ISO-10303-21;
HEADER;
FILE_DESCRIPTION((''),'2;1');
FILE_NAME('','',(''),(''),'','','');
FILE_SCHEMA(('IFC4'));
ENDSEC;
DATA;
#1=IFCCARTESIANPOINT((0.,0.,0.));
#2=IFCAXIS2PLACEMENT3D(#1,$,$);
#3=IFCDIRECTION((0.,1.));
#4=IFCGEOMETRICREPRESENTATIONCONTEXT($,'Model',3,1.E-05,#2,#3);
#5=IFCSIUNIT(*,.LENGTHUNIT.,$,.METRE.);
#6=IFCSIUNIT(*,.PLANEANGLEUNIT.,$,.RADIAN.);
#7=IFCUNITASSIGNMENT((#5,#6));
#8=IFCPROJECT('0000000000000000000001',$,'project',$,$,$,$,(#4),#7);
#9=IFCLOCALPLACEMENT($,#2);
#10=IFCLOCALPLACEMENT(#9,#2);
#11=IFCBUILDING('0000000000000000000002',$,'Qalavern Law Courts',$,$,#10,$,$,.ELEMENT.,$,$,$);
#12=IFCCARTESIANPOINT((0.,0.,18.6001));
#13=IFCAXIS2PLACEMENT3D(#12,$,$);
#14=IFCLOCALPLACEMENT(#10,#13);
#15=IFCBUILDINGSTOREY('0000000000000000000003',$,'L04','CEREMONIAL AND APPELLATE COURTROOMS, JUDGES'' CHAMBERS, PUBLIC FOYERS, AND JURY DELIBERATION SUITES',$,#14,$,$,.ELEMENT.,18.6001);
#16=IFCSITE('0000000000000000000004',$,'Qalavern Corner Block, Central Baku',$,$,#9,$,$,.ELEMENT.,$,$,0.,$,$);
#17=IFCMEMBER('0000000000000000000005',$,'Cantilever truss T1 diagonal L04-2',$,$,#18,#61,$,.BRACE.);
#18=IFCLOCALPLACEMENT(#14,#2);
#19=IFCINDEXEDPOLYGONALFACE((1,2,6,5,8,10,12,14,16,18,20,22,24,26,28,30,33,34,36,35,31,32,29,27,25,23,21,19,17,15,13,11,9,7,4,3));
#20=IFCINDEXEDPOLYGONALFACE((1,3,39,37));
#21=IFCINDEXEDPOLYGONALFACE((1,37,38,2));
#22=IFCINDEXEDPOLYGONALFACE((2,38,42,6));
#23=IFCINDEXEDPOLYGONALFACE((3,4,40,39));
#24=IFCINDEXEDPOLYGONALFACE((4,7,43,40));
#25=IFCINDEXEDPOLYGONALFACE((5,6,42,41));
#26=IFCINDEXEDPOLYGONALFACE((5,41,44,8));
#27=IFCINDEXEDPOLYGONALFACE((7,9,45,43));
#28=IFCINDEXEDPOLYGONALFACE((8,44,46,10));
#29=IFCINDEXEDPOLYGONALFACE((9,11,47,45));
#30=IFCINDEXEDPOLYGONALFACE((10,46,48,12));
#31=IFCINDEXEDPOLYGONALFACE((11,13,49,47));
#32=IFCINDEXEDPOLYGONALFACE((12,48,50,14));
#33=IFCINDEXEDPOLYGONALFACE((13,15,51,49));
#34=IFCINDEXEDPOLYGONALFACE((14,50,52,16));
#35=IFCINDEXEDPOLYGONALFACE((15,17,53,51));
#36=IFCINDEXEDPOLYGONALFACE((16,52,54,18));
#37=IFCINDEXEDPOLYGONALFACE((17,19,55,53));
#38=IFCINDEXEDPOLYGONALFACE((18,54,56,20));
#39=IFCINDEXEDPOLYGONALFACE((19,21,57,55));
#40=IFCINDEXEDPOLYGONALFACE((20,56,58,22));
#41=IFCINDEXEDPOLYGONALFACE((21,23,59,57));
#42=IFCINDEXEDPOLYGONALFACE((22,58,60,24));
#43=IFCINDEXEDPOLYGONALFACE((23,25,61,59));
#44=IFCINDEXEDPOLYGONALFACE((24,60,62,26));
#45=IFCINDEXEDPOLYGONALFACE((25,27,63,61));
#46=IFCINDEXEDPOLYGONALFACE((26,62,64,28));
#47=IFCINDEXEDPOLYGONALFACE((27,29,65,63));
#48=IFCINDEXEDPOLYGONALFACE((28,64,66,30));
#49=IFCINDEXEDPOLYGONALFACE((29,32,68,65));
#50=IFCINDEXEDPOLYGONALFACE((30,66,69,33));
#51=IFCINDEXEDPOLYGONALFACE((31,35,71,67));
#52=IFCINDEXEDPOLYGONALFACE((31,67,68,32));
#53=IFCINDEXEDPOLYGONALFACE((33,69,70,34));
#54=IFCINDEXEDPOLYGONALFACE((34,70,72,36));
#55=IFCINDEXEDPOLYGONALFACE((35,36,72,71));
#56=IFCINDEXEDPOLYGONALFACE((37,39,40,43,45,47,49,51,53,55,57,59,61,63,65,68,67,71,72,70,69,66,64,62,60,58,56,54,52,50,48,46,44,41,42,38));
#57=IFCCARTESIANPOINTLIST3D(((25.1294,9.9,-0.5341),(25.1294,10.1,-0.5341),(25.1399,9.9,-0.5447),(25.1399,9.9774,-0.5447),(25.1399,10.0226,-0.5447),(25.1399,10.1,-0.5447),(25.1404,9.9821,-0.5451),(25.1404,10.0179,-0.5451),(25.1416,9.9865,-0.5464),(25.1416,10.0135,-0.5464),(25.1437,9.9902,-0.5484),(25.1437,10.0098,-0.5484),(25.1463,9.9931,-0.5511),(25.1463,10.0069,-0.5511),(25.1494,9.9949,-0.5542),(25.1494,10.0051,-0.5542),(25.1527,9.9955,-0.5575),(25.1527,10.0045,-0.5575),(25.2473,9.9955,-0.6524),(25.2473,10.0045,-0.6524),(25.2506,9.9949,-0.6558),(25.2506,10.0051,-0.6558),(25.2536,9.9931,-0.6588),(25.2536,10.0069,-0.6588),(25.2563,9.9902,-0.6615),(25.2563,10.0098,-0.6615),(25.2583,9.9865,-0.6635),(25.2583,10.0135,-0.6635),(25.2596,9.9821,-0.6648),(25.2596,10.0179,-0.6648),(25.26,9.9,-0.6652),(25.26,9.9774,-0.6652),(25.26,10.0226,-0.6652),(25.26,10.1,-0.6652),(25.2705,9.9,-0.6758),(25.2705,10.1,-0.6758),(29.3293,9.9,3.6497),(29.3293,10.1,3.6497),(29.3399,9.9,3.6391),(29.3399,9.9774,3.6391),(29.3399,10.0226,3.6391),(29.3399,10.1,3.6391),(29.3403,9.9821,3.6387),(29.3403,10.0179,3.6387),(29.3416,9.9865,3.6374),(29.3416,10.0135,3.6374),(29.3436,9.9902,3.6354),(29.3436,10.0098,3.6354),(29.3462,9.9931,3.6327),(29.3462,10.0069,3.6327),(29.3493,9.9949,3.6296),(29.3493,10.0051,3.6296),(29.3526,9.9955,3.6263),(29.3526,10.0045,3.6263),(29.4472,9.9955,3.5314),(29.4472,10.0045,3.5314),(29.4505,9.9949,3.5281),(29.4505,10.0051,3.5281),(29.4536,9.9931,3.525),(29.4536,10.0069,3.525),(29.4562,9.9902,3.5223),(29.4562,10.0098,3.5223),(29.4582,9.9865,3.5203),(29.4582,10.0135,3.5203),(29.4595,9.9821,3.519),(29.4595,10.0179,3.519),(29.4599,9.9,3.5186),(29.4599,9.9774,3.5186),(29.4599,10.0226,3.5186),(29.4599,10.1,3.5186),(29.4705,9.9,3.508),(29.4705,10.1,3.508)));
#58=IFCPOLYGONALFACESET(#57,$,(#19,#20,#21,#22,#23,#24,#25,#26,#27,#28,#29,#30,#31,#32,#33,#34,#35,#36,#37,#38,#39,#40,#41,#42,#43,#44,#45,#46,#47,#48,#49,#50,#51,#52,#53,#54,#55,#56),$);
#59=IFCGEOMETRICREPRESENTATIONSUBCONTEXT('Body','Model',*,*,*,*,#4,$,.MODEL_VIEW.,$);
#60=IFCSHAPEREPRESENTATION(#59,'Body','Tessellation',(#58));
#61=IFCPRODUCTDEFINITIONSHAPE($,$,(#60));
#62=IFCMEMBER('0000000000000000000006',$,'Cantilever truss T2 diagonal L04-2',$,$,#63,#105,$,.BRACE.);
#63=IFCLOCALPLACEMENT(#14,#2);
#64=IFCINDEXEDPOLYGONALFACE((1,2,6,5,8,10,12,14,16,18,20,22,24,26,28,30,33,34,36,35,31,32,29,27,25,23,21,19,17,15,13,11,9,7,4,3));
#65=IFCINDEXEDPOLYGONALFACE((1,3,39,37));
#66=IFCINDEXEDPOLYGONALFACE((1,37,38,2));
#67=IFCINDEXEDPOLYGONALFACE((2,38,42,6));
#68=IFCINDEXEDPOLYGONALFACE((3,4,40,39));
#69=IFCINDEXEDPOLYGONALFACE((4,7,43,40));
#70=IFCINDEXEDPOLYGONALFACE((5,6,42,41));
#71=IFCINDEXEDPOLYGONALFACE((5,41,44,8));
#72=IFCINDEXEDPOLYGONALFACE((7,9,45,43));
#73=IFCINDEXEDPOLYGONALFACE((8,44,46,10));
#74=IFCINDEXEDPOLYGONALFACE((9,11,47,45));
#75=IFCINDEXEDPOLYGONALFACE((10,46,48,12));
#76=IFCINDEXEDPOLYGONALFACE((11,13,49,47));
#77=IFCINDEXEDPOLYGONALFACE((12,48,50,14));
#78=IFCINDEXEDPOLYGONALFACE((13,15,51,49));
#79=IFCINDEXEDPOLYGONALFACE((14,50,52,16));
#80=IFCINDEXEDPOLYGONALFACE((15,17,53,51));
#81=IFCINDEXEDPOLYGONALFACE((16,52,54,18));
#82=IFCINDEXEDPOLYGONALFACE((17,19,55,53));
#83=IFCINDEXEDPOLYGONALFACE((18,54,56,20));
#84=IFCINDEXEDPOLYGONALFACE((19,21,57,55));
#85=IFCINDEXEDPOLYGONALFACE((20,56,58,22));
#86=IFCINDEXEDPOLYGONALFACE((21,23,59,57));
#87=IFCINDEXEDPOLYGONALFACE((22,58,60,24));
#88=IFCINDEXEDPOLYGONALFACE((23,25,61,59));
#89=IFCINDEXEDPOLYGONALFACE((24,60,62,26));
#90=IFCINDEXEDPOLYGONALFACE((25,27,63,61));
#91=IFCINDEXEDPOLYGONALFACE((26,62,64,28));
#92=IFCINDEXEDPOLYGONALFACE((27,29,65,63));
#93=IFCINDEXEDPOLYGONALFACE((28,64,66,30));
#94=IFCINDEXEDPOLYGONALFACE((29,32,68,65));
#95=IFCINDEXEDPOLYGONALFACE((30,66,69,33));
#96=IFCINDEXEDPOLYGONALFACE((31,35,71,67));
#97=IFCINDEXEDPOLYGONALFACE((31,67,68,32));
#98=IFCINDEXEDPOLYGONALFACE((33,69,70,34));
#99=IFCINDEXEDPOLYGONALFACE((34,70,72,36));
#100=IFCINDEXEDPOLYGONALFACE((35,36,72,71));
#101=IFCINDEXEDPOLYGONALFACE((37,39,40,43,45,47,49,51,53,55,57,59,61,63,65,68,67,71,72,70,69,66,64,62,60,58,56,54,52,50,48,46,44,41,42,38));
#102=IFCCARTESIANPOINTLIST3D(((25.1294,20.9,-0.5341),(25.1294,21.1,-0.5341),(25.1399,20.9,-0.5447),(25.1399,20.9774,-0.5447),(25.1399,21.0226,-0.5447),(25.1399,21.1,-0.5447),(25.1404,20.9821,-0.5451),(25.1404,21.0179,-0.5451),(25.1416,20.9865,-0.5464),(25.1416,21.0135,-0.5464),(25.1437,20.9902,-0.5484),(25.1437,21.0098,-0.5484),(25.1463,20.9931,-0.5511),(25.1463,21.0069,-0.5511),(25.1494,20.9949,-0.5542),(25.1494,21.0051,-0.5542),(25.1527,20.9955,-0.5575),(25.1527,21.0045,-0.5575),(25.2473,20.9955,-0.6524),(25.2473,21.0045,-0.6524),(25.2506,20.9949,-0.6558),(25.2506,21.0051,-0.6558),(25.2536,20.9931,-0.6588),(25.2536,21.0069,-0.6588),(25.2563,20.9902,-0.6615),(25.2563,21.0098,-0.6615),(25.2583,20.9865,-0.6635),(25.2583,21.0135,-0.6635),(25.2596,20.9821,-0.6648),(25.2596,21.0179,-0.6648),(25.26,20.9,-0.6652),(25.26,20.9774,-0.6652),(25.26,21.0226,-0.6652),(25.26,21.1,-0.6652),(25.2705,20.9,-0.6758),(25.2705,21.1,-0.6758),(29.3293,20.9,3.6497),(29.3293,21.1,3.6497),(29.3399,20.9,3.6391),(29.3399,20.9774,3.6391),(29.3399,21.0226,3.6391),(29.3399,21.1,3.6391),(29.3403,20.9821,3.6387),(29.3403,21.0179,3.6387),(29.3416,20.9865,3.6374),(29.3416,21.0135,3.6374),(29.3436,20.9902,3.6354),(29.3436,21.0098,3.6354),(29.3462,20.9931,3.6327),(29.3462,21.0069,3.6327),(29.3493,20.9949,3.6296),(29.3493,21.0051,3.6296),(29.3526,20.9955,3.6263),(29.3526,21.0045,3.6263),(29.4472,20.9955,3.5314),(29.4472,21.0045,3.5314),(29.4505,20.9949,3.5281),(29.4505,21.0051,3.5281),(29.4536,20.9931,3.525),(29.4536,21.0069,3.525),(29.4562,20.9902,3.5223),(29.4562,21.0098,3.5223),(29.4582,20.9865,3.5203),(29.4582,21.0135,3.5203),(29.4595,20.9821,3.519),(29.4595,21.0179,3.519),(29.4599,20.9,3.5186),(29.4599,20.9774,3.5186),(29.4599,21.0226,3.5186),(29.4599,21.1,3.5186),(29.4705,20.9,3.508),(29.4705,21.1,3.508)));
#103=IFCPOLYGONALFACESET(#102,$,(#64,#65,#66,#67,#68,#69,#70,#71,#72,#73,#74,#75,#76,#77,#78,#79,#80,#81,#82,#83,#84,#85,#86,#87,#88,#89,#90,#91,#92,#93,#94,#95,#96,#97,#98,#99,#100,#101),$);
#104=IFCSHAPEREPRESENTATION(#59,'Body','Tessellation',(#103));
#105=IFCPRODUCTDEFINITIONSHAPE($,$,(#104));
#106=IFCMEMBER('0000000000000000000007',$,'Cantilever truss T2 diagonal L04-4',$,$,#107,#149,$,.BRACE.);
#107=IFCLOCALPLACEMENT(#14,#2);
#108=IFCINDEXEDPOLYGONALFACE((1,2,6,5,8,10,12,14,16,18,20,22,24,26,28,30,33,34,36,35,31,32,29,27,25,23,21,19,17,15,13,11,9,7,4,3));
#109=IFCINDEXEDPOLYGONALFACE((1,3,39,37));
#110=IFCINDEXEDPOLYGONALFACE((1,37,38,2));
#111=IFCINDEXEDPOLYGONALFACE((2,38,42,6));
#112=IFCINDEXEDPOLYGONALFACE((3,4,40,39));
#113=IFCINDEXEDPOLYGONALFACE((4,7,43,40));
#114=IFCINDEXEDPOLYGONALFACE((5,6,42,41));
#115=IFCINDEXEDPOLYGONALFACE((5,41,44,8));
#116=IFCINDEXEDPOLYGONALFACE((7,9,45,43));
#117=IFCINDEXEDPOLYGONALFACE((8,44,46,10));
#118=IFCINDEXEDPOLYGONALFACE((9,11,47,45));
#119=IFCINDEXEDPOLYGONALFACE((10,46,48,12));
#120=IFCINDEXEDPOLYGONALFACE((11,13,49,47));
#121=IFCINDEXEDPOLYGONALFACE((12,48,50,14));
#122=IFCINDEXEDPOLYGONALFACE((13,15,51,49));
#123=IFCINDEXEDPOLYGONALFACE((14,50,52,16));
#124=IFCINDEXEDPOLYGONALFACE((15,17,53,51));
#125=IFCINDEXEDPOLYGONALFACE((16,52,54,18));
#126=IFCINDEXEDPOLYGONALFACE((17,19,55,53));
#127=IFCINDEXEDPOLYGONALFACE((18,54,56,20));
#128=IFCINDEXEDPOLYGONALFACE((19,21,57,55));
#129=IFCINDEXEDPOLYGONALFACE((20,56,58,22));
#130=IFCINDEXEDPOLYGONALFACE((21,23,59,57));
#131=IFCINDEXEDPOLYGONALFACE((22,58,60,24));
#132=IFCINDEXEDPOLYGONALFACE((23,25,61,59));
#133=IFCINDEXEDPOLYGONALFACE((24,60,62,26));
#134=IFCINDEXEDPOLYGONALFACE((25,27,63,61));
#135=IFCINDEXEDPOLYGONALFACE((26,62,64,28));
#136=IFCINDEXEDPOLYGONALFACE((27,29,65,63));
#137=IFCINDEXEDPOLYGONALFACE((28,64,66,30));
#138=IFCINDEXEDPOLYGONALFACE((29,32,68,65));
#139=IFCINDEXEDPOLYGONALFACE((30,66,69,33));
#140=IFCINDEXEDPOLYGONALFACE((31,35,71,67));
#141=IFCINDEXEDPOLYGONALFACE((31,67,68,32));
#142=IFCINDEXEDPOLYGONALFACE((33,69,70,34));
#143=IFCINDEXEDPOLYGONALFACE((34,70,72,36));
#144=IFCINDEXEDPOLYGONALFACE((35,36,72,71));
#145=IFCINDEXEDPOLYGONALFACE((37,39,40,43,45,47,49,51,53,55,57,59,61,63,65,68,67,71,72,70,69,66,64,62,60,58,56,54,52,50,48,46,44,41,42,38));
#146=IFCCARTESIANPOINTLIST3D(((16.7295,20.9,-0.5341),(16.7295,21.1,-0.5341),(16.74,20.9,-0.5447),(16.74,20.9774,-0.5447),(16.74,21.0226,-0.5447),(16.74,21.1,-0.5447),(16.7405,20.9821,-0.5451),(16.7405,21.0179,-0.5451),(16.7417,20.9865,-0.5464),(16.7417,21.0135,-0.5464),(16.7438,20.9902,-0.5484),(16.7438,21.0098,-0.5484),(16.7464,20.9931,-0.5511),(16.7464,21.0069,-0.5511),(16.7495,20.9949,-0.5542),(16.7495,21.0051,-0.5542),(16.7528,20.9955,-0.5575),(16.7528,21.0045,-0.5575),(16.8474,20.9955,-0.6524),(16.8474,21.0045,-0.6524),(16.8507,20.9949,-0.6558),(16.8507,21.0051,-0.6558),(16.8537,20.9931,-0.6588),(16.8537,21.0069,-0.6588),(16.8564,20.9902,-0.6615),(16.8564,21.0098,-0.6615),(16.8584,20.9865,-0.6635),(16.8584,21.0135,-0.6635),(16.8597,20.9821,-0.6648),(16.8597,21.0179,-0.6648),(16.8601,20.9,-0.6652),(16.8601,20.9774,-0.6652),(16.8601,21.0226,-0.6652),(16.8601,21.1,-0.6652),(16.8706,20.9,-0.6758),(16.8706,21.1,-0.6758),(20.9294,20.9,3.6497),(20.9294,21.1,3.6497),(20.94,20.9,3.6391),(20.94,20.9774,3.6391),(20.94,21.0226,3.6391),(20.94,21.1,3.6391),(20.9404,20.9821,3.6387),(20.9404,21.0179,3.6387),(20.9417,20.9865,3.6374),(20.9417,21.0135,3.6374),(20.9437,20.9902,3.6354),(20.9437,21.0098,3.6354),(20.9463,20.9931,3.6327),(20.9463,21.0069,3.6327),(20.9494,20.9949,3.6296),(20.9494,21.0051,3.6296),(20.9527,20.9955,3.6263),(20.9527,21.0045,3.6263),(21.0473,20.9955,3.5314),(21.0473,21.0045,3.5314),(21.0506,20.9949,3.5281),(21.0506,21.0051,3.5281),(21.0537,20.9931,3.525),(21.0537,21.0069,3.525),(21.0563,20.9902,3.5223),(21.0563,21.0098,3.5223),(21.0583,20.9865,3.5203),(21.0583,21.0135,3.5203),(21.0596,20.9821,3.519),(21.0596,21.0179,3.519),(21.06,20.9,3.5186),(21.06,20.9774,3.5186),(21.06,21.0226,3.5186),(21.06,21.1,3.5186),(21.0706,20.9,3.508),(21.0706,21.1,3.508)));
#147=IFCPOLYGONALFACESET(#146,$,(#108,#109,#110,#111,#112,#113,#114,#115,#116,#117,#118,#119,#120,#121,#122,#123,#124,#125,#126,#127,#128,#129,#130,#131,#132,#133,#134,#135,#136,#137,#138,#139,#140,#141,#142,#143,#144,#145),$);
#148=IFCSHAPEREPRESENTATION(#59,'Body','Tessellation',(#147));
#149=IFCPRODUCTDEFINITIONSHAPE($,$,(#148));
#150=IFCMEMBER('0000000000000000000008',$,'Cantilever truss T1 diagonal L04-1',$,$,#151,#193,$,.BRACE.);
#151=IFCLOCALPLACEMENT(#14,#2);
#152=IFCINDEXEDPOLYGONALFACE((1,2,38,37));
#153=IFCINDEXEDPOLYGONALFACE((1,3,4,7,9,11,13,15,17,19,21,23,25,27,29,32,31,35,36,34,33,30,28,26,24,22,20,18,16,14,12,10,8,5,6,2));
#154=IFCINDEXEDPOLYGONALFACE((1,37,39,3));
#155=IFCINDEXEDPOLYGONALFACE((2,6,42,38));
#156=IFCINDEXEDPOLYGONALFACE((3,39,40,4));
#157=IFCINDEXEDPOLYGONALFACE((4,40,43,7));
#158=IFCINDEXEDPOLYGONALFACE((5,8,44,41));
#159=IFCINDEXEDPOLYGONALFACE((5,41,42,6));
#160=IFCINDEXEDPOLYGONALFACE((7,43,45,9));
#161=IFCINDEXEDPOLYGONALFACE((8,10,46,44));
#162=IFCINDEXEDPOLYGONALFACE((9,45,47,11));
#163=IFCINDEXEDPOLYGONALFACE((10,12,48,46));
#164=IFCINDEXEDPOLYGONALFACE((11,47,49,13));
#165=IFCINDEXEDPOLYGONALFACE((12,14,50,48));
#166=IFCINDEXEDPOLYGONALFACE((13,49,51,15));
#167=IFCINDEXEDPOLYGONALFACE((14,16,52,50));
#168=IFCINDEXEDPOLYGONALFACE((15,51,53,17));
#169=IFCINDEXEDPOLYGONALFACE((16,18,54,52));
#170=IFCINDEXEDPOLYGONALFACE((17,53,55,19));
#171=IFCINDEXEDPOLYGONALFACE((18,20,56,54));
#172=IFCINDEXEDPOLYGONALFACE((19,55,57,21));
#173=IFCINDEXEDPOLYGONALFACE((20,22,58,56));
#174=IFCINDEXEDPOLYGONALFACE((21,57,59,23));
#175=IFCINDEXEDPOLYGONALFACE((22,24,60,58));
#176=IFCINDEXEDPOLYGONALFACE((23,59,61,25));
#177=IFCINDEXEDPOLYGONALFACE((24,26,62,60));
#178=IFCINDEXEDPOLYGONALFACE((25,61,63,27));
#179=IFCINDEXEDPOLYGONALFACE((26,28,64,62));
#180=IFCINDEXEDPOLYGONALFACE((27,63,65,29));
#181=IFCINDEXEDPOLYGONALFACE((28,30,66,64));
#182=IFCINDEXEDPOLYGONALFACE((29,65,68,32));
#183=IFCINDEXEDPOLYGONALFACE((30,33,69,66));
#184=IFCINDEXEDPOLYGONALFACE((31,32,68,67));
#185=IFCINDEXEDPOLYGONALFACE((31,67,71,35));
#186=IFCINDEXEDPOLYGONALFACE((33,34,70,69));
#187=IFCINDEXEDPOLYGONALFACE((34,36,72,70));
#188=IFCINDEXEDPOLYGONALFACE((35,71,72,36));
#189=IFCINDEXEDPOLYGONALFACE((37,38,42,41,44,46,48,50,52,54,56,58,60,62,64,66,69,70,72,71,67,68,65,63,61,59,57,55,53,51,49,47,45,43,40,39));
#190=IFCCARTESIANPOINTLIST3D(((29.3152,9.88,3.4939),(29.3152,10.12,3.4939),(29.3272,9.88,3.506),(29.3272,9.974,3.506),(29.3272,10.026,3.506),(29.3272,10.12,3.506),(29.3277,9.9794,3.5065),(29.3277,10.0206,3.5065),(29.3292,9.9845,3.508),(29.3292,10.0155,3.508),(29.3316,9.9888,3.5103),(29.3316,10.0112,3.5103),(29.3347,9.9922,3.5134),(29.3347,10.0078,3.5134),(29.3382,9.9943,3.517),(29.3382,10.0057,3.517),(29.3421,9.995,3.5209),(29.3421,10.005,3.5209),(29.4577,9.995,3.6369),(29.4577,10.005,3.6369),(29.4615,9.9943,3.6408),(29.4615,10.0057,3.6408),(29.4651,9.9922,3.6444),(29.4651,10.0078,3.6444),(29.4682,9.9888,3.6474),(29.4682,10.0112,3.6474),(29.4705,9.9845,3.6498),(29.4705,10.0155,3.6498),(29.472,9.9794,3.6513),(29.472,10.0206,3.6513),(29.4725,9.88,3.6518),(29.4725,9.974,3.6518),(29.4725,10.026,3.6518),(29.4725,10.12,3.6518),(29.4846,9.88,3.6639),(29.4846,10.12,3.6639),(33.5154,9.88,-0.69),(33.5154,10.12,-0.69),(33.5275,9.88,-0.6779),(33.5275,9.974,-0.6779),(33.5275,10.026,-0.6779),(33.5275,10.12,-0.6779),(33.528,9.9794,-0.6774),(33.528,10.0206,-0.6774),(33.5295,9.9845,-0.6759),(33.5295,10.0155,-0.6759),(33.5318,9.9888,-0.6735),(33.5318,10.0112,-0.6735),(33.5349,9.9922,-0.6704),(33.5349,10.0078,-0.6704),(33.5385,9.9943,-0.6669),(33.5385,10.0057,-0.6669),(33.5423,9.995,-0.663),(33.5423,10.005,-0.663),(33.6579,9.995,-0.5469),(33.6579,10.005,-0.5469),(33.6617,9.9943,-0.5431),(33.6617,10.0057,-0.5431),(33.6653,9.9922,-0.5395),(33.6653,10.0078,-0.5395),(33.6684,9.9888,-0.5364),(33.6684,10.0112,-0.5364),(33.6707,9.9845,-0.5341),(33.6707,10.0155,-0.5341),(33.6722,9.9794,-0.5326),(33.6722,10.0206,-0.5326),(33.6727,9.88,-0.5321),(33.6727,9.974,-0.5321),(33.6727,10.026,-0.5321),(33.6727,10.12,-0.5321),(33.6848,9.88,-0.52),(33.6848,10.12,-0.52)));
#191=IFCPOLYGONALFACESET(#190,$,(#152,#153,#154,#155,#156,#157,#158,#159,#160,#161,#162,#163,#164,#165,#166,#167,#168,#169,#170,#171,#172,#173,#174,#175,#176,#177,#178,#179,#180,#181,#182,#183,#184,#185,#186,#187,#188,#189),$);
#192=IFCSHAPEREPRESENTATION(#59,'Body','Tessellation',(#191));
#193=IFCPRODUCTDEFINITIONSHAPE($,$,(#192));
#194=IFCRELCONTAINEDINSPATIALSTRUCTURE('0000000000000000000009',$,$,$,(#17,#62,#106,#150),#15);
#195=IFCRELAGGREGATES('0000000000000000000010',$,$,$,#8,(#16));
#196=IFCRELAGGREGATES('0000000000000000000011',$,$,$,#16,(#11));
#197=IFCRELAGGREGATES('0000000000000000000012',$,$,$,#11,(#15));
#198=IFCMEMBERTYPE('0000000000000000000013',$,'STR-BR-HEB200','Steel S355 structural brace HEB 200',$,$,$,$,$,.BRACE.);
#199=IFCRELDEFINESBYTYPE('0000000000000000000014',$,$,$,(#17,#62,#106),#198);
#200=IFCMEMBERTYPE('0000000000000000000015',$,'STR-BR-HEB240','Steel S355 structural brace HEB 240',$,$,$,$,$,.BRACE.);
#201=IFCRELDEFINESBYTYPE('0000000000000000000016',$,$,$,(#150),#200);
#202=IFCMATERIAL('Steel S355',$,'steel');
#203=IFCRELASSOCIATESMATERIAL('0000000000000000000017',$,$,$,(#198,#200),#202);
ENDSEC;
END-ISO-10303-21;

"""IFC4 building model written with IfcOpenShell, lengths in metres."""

from ifc_helpers import new_model, si_unit, direction, frame, origin, origin_2d, place, context, subcontext, project, spatial, i_section, extrude, material, material_profile, profile_set, type_object, element, save


model = new_model("IFC4")

# Units and contexts
model_context = context("Model", 3, precision=1e-05, world=origin(), true_north=direction((0.0, 1.0)))
body_context = subcontext(model_context, "Body", "Model", "MODEL_VIEW")
ifc_project = project(units=[si_unit("LENGTHUNIT", "METRE"), si_unit("PLANEANGLEUNIT", "RADIAN")], contexts=[model_context])

# Site, building, storey
site_placement = place(None, origin())
site = spatial("IfcSite", under=ifc_project, at=site_placement, Name="Qalavern Corner Block, Central Baku", CompositionType="ELEMENT", RefElevation=0.0)
building_placement = place(site_placement, origin())
building = spatial("IfcBuilding", under=site, at=building_placement, Name="Qalavern Law Courts", CompositionType="ELEMENT")
storey_placement = place(building_placement, frame((0.0, 0.0, 18.6001)))
storey = spatial("IfcBuildingStorey", under=building, at=storey_placement, Name="L04", Description="CEREMONIAL AND APPELLATE COURTROOMS, JUDGES' CHAMBERS, PUBLIC FOYERS, AND JURY DELIBERATION SUITES", CompositionType="ELEMENT", Elevation=18.6001)

# Shared definitions
ifc_material_1 = material(Name="Steel S355", Category="steel")

# Members
ifc_material_profile_1 = material_profile(ifc_material_1, i_section(OverallWidth=0.2, OverallDepth=0.2, WebThickness=0.009, FlangeThickness=0.0149, FilletRadius=0.0181, at=origin_2d()), Name="HEB 200")
ifc_profile_set_1 = profile_set([ifc_material_profile_1], Name="Steel S355")
member_type_1 = type_object("IfcMemberType", Name="STR-BR-HEB200", Description="Steel S355 structural brace HEB 200", PredefinedType="BRACE", material=ifc_profile_set_1)
for number, where, z_axis, x_axis, name in (
    (1, (29.3999, 10.0, 3.5789), (-0.708465, 0.0, -0.705746), (0.0, -1.0, 0.0), "Cantilever truss T1 diagonal L04-2"),
    (2, (29.3999, 21.0, 3.5789), (-0.708465, 0.0, -0.705746), (0.0, -1.0, 0.0), "Cantilever truss T2 diagonal L04-2"),
    (3, (21.0, 21.0, 3.5789), (-0.708465, 0.0, -0.705746), (0.0, -1.0, 0.0), "Cantilever truss T2 diagonal L04-4"),
):
    element("IfcMember", number, at=place(storey_placement, frame(where, z_axis=z_axis, x_axis=x_axis)), inside=storey, type_object=member_type_1, Name=name, PredefinedType="BRACE", context=body_context, shape_type="SweptSolid", body=[
        extrude(i_section(OverallWidth=0.2, OverallDepth=0.2, WebThickness=0.009, FlangeThickness=0.0149, FilletRadius=0.0181, at=origin_2d()), origin(), (0.0, 0.0, 1.0), 5.9282),
    ])
ifc_material_profile_2 = material_profile(ifc_material_1, i_section(OverallWidth=0.24, OverallDepth=0.24, WebThickness=0.01, FlangeThickness=0.0171, FilletRadius=0.021, at=origin_2d()), Name="HEB 240")
ifc_profile_set_2 = profile_set([ifc_material_profile_2], Name="Steel S355")
member_type_2 = type_object("IfcMemberType", Name="STR-BR-HEB240", Description="Steel S355 structural brace HEB 240", PredefinedType="BRACE", material=ifc_profile_set_2)
member_1_placement = place(storey_placement, frame((33.6001, 10.0, -0.605), z_axis=(-0.708485, 0.0, 0.705726), x_axis=(0.0, -1.0, 0.0)))
element("IfcMember", 4, at=member_1_placement, inside=storey, type_object=member_type_2, Name="Cantilever truss T1 diagonal L04-1", PredefinedType="BRACE", context=body_context, shape_type="SweptSolid", body=[
    extrude(i_section(OverallWidth=0.24, OverallDepth=0.24, WebThickness=0.01, FlangeThickness=0.0171, FilletRadius=0.021, at=origin_2d()), origin(), (0.0, 0.0, 1.0), 5.9285),
])

save(model, "model.ifc")
